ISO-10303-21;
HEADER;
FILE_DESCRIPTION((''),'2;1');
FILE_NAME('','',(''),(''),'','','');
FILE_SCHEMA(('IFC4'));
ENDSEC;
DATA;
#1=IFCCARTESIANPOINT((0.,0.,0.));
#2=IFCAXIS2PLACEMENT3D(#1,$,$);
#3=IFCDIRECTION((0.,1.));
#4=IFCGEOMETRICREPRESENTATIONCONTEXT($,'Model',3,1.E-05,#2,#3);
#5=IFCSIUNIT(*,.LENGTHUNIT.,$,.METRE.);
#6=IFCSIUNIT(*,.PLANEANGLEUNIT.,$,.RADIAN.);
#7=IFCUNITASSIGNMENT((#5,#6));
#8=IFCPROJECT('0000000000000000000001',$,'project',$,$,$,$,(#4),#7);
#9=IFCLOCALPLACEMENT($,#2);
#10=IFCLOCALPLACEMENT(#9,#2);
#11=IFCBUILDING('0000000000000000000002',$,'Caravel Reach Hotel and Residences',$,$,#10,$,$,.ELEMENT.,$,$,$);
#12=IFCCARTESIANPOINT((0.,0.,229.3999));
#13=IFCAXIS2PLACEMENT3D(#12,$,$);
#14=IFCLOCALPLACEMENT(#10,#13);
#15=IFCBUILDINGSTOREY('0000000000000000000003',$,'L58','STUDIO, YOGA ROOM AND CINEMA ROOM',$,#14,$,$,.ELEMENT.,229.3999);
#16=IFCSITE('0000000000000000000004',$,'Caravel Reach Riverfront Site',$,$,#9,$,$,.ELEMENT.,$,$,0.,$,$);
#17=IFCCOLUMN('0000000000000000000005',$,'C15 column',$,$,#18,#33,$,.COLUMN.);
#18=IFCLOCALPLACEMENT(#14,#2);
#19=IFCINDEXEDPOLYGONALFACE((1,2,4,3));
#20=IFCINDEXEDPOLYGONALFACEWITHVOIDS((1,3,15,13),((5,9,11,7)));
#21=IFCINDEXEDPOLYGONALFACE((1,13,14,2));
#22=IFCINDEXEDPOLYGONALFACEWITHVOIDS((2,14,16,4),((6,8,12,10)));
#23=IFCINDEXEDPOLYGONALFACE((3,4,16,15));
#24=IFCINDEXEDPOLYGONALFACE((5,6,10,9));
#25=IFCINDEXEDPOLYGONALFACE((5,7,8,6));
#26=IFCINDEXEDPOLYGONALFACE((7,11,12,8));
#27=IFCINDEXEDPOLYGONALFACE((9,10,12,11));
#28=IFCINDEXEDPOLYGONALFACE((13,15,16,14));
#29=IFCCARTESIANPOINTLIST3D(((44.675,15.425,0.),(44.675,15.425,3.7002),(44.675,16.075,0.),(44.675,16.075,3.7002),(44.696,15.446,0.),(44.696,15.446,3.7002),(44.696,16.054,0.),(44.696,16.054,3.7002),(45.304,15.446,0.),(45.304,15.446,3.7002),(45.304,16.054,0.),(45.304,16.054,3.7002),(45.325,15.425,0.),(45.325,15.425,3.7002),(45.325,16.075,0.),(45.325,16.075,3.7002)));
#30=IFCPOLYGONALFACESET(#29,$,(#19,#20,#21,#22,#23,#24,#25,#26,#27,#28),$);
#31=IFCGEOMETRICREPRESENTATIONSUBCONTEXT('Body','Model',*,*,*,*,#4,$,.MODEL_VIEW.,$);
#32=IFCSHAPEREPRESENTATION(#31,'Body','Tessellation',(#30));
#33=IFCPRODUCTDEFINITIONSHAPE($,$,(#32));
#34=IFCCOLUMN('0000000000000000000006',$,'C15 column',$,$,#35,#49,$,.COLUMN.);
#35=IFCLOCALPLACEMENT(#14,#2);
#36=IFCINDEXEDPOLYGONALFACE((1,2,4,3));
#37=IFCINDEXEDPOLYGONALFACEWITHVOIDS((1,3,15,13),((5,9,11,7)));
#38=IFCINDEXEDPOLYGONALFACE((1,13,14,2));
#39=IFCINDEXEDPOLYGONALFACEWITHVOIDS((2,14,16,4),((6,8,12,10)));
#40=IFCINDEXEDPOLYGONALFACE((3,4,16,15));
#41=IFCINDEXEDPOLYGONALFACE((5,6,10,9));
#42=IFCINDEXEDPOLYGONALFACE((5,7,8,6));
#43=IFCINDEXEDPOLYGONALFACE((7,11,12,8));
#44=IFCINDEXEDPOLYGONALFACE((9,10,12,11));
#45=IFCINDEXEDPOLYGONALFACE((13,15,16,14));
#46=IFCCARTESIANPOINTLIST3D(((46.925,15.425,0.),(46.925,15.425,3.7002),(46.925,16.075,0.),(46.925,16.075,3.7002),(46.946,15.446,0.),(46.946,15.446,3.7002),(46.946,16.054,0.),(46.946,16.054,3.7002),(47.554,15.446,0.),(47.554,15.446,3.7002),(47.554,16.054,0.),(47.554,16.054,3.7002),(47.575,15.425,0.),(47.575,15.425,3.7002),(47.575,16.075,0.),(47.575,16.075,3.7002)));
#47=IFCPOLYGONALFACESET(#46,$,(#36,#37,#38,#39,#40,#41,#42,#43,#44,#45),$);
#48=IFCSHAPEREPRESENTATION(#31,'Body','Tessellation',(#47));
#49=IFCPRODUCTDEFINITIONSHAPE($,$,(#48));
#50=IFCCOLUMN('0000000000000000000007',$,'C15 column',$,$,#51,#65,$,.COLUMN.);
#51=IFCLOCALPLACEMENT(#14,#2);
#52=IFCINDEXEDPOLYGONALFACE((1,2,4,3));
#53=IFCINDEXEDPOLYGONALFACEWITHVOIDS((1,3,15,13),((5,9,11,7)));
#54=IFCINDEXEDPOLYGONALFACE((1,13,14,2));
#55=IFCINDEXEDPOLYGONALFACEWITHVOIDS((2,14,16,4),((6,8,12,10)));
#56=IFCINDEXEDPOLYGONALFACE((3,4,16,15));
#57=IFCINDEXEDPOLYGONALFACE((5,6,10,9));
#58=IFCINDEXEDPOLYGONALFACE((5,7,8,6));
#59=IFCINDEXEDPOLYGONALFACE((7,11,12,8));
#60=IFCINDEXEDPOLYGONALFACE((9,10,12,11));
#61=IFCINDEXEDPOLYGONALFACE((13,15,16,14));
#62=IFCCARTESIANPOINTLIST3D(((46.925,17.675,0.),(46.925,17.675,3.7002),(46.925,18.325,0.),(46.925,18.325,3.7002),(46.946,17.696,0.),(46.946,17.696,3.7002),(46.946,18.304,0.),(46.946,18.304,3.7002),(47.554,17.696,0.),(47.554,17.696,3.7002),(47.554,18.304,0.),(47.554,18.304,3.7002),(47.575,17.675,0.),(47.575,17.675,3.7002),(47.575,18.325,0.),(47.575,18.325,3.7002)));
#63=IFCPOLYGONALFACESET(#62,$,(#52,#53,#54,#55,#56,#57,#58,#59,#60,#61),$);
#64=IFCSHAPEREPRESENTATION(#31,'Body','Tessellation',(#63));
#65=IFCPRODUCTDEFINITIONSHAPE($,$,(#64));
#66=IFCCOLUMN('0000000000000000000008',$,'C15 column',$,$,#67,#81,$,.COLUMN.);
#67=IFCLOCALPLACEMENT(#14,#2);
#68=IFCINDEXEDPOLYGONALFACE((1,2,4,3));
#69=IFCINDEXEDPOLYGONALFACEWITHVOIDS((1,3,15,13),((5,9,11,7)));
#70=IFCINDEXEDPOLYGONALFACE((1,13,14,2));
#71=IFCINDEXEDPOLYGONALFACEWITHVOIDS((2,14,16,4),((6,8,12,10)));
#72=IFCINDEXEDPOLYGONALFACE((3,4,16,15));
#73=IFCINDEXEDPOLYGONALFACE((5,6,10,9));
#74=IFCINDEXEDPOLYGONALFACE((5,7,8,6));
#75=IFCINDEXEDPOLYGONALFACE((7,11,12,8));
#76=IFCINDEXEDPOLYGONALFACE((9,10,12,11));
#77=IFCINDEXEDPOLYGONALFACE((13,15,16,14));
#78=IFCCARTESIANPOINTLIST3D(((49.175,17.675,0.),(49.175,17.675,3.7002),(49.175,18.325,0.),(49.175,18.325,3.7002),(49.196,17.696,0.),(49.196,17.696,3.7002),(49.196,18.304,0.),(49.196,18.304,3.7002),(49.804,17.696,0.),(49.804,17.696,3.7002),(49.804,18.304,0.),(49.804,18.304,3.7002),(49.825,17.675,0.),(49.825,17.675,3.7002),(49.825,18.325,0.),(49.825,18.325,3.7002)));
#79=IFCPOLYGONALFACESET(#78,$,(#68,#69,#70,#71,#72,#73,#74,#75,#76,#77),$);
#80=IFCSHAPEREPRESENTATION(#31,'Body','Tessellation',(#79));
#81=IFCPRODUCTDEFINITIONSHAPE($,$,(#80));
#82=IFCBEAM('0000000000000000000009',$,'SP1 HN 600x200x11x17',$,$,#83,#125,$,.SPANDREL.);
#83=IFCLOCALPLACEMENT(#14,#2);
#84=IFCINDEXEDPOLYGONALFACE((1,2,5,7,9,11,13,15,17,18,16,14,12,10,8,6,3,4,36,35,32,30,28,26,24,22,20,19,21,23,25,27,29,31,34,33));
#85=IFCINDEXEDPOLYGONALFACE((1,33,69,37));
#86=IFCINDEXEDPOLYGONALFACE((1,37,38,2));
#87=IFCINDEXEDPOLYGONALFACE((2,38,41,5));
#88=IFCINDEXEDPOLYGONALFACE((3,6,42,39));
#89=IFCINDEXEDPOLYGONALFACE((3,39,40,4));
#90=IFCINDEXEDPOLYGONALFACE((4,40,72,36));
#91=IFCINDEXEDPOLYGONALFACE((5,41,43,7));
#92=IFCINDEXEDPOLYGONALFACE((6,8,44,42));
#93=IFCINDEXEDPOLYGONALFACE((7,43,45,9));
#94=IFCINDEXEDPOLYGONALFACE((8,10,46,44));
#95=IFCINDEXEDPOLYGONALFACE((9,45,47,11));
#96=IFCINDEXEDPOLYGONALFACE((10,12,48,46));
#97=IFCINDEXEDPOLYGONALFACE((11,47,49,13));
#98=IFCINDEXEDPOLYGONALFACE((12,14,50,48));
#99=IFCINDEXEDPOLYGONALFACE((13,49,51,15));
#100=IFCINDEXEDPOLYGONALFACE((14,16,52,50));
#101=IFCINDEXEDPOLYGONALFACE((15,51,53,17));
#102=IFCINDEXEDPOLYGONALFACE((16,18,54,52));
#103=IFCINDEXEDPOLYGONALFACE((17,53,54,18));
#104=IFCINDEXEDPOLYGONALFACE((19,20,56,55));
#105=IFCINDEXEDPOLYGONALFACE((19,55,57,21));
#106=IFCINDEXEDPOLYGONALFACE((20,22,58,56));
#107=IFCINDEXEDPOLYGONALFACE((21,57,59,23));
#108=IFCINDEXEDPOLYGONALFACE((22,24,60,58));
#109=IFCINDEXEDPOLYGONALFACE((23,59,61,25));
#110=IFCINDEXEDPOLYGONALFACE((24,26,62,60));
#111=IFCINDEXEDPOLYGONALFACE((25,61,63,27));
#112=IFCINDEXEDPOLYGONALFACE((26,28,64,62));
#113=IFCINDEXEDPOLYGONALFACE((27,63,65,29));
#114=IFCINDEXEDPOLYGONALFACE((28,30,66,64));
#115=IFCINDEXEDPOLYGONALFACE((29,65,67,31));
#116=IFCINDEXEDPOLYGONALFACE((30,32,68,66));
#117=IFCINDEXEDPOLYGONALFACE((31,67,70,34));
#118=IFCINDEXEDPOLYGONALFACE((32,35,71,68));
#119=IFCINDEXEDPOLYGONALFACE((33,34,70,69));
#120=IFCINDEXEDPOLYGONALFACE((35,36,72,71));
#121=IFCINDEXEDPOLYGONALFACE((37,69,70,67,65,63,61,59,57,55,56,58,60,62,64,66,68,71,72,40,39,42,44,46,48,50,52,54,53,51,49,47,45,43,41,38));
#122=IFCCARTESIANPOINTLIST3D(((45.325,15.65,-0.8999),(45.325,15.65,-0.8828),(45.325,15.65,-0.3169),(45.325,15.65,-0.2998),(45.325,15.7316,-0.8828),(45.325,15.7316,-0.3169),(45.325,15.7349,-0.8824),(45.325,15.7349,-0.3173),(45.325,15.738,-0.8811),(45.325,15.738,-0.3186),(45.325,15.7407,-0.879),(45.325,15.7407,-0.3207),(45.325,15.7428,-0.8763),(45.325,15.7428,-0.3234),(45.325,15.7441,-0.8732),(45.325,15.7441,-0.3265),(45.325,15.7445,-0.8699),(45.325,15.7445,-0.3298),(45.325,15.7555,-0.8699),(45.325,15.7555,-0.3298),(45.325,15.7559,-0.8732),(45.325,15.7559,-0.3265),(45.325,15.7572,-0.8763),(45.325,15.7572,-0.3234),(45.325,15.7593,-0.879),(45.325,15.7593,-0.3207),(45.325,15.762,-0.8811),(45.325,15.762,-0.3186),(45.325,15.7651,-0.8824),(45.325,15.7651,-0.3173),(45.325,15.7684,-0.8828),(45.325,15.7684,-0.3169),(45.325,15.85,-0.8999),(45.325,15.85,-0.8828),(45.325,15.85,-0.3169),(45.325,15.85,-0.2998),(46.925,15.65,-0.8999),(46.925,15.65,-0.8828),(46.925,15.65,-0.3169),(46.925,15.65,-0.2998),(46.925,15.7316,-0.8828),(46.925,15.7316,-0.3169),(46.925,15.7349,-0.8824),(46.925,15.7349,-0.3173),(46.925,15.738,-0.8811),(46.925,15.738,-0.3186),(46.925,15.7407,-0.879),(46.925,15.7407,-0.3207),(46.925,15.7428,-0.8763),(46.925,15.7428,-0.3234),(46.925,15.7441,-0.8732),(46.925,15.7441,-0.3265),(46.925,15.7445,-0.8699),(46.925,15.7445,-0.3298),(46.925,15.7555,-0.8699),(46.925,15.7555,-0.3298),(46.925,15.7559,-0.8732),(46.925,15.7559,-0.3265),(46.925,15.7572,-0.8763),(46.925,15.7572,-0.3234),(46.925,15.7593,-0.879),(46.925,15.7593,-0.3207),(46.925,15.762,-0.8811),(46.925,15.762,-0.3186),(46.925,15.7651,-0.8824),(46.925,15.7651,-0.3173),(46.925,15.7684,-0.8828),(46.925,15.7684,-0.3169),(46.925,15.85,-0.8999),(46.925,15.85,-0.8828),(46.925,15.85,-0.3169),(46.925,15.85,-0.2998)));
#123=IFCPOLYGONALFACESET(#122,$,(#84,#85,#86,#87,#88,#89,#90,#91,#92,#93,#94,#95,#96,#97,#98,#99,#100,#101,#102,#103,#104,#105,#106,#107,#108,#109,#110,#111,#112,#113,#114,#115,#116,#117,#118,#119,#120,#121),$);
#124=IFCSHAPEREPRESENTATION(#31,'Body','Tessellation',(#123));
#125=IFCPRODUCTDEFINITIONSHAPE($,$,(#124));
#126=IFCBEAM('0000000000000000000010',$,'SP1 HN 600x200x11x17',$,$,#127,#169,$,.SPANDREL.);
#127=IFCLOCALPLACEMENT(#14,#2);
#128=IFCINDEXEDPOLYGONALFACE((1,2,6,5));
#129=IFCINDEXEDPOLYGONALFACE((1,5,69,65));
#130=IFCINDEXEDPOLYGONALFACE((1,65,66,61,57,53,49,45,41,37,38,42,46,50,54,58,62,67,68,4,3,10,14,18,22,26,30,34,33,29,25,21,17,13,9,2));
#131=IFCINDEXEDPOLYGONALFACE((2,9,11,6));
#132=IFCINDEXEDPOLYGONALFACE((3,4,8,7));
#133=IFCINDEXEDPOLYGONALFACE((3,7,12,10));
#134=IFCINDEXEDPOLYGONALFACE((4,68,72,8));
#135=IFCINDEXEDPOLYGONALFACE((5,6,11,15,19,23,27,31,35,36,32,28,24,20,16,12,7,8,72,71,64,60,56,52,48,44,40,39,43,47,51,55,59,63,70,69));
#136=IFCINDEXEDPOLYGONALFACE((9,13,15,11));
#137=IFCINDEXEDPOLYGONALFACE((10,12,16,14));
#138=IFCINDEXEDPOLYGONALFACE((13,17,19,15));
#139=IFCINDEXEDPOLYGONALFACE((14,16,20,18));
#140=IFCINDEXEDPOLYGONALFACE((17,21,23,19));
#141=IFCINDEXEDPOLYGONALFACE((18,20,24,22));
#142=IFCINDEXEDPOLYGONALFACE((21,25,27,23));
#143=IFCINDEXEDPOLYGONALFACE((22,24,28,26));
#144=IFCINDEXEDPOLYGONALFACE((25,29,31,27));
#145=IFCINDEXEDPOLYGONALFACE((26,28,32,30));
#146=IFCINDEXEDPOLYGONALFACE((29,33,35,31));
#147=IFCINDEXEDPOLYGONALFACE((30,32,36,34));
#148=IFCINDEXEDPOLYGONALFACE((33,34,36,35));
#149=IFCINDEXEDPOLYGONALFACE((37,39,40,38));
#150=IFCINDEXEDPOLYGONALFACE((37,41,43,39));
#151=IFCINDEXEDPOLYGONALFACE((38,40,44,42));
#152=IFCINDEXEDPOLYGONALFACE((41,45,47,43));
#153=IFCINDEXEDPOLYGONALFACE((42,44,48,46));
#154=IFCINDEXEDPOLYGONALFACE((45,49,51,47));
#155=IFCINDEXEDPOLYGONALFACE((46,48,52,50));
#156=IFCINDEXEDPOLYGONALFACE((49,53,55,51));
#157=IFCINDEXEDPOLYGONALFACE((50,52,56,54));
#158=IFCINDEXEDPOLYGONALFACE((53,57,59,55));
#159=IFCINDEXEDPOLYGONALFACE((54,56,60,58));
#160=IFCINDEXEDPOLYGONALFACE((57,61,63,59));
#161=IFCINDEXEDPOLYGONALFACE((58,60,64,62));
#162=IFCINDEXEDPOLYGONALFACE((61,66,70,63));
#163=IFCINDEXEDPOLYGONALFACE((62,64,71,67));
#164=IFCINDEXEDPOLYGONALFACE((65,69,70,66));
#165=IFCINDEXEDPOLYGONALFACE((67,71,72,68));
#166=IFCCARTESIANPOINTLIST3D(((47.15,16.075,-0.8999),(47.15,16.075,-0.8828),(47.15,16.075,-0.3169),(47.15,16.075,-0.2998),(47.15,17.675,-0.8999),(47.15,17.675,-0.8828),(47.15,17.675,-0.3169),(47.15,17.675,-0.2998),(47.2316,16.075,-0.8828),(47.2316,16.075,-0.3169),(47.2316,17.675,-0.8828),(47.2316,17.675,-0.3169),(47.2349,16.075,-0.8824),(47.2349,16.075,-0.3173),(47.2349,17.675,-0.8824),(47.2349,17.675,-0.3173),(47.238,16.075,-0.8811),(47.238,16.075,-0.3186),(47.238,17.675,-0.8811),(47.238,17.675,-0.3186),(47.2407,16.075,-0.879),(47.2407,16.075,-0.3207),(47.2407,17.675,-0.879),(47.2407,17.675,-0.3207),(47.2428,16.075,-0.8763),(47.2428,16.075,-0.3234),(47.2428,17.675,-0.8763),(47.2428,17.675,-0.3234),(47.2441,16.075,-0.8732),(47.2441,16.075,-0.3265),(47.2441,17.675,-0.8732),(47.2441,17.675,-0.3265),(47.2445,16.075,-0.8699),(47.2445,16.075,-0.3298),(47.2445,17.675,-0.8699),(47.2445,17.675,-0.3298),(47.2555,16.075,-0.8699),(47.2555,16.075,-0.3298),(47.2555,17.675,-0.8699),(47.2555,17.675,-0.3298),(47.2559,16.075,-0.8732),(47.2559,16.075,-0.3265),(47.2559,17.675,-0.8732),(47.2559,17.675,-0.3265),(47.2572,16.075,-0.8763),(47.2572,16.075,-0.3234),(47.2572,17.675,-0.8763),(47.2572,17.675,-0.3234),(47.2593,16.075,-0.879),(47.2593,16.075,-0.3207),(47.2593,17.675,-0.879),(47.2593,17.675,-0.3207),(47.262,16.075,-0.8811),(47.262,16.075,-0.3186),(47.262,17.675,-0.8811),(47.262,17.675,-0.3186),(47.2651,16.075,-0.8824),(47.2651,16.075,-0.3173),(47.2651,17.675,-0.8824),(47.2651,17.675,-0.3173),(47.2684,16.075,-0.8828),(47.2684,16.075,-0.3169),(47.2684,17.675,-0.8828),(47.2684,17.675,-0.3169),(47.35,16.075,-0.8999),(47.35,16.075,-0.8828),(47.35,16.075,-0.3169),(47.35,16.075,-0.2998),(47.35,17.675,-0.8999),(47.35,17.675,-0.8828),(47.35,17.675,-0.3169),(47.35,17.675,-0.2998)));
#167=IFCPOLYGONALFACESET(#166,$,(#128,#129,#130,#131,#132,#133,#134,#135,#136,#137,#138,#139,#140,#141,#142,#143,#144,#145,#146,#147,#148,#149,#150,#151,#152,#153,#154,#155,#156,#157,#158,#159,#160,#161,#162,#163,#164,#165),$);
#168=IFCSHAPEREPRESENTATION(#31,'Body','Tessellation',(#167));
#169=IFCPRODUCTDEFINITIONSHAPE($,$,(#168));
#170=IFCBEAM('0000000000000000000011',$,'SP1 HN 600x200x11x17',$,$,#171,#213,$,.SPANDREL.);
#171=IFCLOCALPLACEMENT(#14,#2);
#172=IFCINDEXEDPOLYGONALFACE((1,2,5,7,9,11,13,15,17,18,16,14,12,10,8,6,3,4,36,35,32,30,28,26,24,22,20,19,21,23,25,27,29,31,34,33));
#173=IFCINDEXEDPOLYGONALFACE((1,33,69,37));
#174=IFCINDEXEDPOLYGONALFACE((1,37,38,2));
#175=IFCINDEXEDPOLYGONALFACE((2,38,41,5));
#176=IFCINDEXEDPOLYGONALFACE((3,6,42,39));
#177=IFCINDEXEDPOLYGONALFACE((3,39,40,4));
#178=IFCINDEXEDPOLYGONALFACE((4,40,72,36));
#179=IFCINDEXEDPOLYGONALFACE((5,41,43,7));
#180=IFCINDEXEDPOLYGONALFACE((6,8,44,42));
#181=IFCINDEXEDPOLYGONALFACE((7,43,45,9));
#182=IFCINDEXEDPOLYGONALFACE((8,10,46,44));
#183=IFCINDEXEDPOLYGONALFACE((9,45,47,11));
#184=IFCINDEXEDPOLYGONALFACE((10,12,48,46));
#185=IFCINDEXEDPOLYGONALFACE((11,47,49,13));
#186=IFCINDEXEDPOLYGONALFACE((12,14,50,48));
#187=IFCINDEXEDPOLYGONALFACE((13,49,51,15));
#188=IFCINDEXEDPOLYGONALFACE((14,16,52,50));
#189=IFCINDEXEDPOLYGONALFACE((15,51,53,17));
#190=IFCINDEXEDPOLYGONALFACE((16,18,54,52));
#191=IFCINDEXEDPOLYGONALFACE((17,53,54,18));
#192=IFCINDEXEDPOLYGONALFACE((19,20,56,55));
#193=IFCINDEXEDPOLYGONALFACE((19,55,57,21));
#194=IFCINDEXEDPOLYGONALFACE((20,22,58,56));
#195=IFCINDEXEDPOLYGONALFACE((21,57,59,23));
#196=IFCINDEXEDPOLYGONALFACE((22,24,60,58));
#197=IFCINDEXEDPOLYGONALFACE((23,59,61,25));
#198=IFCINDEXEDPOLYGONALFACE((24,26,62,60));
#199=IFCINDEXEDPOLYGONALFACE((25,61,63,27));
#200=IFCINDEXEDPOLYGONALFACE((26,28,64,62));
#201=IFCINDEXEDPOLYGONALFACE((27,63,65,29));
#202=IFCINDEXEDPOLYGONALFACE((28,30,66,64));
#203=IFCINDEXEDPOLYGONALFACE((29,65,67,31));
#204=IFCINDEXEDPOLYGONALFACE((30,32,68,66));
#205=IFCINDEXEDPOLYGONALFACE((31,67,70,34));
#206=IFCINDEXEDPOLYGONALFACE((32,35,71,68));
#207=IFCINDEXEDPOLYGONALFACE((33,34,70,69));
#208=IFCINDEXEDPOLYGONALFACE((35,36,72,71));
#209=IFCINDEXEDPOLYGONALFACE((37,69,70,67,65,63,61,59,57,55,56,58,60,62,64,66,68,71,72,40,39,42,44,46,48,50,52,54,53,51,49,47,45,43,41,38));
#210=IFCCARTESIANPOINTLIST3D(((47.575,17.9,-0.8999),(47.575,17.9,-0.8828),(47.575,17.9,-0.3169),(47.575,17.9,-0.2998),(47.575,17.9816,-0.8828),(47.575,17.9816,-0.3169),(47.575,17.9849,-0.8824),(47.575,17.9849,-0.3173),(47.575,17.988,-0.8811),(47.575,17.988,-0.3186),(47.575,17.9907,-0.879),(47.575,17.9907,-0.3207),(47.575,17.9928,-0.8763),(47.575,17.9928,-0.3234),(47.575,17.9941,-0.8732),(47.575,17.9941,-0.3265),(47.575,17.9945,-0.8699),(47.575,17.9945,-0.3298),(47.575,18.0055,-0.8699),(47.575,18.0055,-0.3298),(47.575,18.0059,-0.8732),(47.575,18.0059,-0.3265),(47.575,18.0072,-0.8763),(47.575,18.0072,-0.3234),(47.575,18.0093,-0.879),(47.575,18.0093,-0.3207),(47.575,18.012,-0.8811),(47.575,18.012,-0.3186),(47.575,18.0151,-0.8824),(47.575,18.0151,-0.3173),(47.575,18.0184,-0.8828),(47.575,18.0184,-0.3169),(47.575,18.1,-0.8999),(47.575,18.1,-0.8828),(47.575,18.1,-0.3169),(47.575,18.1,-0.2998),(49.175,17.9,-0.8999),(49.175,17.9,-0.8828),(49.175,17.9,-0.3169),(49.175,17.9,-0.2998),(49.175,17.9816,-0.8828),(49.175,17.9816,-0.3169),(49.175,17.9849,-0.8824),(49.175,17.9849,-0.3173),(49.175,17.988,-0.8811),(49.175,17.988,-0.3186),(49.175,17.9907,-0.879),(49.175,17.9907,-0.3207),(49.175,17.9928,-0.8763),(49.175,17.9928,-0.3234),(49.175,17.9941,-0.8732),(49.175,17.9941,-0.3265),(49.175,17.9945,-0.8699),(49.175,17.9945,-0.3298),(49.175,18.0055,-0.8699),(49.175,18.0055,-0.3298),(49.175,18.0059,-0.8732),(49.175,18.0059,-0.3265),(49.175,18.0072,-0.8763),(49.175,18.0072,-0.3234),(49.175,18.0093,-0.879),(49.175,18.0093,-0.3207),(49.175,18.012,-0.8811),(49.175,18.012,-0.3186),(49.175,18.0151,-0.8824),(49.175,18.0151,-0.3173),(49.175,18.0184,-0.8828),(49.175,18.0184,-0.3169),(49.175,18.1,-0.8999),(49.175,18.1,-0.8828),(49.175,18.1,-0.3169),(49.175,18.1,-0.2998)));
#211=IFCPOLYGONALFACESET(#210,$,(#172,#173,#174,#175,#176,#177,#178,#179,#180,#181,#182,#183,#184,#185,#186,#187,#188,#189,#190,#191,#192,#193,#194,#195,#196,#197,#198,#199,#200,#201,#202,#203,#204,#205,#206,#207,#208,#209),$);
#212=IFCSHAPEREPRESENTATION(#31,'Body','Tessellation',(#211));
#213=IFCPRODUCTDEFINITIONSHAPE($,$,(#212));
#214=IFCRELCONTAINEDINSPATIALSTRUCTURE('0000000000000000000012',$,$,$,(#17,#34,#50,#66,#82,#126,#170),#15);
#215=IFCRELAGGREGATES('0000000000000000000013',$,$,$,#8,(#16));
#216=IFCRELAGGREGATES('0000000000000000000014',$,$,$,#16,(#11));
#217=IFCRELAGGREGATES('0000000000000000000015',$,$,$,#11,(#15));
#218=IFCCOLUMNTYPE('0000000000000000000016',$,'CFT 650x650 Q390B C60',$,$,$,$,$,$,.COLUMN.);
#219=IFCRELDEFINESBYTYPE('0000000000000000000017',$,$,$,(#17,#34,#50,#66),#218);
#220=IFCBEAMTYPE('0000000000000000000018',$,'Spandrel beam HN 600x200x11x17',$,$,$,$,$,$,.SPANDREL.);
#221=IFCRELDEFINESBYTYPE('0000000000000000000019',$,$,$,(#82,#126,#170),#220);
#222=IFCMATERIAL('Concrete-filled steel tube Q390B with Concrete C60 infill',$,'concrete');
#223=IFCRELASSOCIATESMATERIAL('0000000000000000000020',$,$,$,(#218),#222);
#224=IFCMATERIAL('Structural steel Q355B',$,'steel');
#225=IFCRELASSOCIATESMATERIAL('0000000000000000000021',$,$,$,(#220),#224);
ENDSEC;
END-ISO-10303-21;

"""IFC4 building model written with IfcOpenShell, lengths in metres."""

from ifc_helpers import new_model, si_unit, direction, frame, origin, origin_2d, place, context, subcontext, project, spatial, hollow_rectangle, i_section, extrude, material, material_profile, profile_set, type_object, element, save


model = new_model("IFC4")

# Units and contexts
model_context = context("Model", 3, precision=1e-05, world=origin(), true_north=direction((0.0, 1.0)))
body_context = subcontext(model_context, "Body", "Model", "MODEL_VIEW")
ifc_project = project(units=[si_unit("LENGTHUNIT", "METRE"), si_unit("PLANEANGLEUNIT", "RADIAN")], contexts=[model_context])

# Site, building, storey
site_placement = place(None, origin())
site = spatial("IfcSite", under=ifc_project, at=site_placement, Name="Caravel Reach Riverfront Site", CompositionType="ELEMENT", RefElevation=0.0)
building_placement = place(site_placement, origin())
building = spatial("IfcBuilding", under=site, at=building_placement, Name="Caravel Reach Hotel and Residences", CompositionType="ELEMENT")
storey_placement = place(building_placement, frame((0.0, 0.0, 229.3999)))
storey = spatial("IfcBuildingStorey", under=building, at=storey_placement, Name="L58", Description="STUDIO, YOGA ROOM AND CINEMA ROOM", CompositionType="ELEMENT", Elevation=229.3999)

# Columns
ifc_material_1 = material(Name="Concrete-filled steel tube Q390B with Concrete C60 infill", Category="concrete")
ifc_material_profile_1 = material_profile(ifc_material_1, hollow_rectangle(XDim=0.6499, YDim=0.6499, WallThickness=0.021, at=origin_2d()), Name="RHS 650x650x21")
ifc_profile_set_1 = profile_set([ifc_material_profile_1], Name="Concrete-filled steel tube Q390B with Concrete C60 infill")
column_type = type_object("IfcColumnType", Name="CFT 650x650 Q390B C60", PredefinedType="COLUMN", material=ifc_profile_set_1)
for number, where, z_axis, x_axis, name in (
    (1, (45.0, 15.75, 0.0), (0.0, 0.0, 1.0), (1.0, 0.0, 0.0), "C15 column"),
    (2, (47.25, 15.75, 0.0), (0.0, 0.0, 1.0), (1.0, 0.0, 0.0), "C15 column"),
    (3, (47.25, 18.0, 0.0), (0.0, 0.0, 1.0), (1.0, 0.0, 0.0), "C15 column"),
    (4, (49.5, 18.0, 0.0), (0.0, 0.0, 1.0), (1.0, 0.0, 0.0), "C15 column"),
):
    element("IfcColumn", number, at=place(storey_placement, frame(where, z_axis=z_axis, x_axis=x_axis)), inside=storey, type_object=column_type, Name=name, PredefinedType="COLUMN", context=body_context, shape_type="SweptSolid", body=[
        extrude(hollow_rectangle(XDim=0.6499, YDim=0.6499, WallThickness=0.021, at=origin_2d()), origin(), (0.0, 0.0, 1.0), 3.7002),
    ])

# Beams
ifc_material_2 = material(Name="Structural steel Q355B", Category="steel")
ifc_material_profile_2 = material_profile(ifc_material_2, i_section(OverallWidth=0.2, OverallDepth=0.6001, WebThickness=0.011, FlangeThickness=0.0171, FilletRadius=0.0129, at=origin_2d()), Name="HN 600x200x11x17")
ifc_profile_set_2 = profile_set([ifc_material_profile_2], Name="Structural steel Q355B")
beam_type = type_object("IfcBeamType", Name="Spandrel beam HN 600x200x11x17", PredefinedType="SPANDREL", material=ifc_profile_set_2)
for number, where, z_axis, x_axis, name in (
    (5, (45.325, 15.75, -0.5999), (1.0, 0.0, 0.0), (0.0, 1.0, 0.0), "SP1 HN 600x200x11x17"),
    (6, (47.25, 16.075, -0.5999), (0.0, 1.0, 0.0), (-1.0, 0.0, 0.0), "SP1 HN 600x200x11x17"),
    (7, (47.575, 18.0, -0.5999), (1.0, 0.0, 0.0), (0.0, 1.0, 0.0), "SP1 HN 600x200x11x17"),
):
    element("IfcBeam", number, at=place(storey_placement, frame(where, z_axis=z_axis, x_axis=x_axis)), inside=storey, type_object=beam_type, Name=name, PredefinedType="SPANDREL", context=body_context, shape_type="SweptSolid", body=[
        extrude(i_section(OverallWidth=0.2, OverallDepth=0.6001, WebThickness=0.011, FlangeThickness=0.0171, FilletRadius=0.0129, at=origin_2d()), origin(), (0.0, 0.0, 1.0), 1.6001),
    ])

save(model, "model.ifc")
